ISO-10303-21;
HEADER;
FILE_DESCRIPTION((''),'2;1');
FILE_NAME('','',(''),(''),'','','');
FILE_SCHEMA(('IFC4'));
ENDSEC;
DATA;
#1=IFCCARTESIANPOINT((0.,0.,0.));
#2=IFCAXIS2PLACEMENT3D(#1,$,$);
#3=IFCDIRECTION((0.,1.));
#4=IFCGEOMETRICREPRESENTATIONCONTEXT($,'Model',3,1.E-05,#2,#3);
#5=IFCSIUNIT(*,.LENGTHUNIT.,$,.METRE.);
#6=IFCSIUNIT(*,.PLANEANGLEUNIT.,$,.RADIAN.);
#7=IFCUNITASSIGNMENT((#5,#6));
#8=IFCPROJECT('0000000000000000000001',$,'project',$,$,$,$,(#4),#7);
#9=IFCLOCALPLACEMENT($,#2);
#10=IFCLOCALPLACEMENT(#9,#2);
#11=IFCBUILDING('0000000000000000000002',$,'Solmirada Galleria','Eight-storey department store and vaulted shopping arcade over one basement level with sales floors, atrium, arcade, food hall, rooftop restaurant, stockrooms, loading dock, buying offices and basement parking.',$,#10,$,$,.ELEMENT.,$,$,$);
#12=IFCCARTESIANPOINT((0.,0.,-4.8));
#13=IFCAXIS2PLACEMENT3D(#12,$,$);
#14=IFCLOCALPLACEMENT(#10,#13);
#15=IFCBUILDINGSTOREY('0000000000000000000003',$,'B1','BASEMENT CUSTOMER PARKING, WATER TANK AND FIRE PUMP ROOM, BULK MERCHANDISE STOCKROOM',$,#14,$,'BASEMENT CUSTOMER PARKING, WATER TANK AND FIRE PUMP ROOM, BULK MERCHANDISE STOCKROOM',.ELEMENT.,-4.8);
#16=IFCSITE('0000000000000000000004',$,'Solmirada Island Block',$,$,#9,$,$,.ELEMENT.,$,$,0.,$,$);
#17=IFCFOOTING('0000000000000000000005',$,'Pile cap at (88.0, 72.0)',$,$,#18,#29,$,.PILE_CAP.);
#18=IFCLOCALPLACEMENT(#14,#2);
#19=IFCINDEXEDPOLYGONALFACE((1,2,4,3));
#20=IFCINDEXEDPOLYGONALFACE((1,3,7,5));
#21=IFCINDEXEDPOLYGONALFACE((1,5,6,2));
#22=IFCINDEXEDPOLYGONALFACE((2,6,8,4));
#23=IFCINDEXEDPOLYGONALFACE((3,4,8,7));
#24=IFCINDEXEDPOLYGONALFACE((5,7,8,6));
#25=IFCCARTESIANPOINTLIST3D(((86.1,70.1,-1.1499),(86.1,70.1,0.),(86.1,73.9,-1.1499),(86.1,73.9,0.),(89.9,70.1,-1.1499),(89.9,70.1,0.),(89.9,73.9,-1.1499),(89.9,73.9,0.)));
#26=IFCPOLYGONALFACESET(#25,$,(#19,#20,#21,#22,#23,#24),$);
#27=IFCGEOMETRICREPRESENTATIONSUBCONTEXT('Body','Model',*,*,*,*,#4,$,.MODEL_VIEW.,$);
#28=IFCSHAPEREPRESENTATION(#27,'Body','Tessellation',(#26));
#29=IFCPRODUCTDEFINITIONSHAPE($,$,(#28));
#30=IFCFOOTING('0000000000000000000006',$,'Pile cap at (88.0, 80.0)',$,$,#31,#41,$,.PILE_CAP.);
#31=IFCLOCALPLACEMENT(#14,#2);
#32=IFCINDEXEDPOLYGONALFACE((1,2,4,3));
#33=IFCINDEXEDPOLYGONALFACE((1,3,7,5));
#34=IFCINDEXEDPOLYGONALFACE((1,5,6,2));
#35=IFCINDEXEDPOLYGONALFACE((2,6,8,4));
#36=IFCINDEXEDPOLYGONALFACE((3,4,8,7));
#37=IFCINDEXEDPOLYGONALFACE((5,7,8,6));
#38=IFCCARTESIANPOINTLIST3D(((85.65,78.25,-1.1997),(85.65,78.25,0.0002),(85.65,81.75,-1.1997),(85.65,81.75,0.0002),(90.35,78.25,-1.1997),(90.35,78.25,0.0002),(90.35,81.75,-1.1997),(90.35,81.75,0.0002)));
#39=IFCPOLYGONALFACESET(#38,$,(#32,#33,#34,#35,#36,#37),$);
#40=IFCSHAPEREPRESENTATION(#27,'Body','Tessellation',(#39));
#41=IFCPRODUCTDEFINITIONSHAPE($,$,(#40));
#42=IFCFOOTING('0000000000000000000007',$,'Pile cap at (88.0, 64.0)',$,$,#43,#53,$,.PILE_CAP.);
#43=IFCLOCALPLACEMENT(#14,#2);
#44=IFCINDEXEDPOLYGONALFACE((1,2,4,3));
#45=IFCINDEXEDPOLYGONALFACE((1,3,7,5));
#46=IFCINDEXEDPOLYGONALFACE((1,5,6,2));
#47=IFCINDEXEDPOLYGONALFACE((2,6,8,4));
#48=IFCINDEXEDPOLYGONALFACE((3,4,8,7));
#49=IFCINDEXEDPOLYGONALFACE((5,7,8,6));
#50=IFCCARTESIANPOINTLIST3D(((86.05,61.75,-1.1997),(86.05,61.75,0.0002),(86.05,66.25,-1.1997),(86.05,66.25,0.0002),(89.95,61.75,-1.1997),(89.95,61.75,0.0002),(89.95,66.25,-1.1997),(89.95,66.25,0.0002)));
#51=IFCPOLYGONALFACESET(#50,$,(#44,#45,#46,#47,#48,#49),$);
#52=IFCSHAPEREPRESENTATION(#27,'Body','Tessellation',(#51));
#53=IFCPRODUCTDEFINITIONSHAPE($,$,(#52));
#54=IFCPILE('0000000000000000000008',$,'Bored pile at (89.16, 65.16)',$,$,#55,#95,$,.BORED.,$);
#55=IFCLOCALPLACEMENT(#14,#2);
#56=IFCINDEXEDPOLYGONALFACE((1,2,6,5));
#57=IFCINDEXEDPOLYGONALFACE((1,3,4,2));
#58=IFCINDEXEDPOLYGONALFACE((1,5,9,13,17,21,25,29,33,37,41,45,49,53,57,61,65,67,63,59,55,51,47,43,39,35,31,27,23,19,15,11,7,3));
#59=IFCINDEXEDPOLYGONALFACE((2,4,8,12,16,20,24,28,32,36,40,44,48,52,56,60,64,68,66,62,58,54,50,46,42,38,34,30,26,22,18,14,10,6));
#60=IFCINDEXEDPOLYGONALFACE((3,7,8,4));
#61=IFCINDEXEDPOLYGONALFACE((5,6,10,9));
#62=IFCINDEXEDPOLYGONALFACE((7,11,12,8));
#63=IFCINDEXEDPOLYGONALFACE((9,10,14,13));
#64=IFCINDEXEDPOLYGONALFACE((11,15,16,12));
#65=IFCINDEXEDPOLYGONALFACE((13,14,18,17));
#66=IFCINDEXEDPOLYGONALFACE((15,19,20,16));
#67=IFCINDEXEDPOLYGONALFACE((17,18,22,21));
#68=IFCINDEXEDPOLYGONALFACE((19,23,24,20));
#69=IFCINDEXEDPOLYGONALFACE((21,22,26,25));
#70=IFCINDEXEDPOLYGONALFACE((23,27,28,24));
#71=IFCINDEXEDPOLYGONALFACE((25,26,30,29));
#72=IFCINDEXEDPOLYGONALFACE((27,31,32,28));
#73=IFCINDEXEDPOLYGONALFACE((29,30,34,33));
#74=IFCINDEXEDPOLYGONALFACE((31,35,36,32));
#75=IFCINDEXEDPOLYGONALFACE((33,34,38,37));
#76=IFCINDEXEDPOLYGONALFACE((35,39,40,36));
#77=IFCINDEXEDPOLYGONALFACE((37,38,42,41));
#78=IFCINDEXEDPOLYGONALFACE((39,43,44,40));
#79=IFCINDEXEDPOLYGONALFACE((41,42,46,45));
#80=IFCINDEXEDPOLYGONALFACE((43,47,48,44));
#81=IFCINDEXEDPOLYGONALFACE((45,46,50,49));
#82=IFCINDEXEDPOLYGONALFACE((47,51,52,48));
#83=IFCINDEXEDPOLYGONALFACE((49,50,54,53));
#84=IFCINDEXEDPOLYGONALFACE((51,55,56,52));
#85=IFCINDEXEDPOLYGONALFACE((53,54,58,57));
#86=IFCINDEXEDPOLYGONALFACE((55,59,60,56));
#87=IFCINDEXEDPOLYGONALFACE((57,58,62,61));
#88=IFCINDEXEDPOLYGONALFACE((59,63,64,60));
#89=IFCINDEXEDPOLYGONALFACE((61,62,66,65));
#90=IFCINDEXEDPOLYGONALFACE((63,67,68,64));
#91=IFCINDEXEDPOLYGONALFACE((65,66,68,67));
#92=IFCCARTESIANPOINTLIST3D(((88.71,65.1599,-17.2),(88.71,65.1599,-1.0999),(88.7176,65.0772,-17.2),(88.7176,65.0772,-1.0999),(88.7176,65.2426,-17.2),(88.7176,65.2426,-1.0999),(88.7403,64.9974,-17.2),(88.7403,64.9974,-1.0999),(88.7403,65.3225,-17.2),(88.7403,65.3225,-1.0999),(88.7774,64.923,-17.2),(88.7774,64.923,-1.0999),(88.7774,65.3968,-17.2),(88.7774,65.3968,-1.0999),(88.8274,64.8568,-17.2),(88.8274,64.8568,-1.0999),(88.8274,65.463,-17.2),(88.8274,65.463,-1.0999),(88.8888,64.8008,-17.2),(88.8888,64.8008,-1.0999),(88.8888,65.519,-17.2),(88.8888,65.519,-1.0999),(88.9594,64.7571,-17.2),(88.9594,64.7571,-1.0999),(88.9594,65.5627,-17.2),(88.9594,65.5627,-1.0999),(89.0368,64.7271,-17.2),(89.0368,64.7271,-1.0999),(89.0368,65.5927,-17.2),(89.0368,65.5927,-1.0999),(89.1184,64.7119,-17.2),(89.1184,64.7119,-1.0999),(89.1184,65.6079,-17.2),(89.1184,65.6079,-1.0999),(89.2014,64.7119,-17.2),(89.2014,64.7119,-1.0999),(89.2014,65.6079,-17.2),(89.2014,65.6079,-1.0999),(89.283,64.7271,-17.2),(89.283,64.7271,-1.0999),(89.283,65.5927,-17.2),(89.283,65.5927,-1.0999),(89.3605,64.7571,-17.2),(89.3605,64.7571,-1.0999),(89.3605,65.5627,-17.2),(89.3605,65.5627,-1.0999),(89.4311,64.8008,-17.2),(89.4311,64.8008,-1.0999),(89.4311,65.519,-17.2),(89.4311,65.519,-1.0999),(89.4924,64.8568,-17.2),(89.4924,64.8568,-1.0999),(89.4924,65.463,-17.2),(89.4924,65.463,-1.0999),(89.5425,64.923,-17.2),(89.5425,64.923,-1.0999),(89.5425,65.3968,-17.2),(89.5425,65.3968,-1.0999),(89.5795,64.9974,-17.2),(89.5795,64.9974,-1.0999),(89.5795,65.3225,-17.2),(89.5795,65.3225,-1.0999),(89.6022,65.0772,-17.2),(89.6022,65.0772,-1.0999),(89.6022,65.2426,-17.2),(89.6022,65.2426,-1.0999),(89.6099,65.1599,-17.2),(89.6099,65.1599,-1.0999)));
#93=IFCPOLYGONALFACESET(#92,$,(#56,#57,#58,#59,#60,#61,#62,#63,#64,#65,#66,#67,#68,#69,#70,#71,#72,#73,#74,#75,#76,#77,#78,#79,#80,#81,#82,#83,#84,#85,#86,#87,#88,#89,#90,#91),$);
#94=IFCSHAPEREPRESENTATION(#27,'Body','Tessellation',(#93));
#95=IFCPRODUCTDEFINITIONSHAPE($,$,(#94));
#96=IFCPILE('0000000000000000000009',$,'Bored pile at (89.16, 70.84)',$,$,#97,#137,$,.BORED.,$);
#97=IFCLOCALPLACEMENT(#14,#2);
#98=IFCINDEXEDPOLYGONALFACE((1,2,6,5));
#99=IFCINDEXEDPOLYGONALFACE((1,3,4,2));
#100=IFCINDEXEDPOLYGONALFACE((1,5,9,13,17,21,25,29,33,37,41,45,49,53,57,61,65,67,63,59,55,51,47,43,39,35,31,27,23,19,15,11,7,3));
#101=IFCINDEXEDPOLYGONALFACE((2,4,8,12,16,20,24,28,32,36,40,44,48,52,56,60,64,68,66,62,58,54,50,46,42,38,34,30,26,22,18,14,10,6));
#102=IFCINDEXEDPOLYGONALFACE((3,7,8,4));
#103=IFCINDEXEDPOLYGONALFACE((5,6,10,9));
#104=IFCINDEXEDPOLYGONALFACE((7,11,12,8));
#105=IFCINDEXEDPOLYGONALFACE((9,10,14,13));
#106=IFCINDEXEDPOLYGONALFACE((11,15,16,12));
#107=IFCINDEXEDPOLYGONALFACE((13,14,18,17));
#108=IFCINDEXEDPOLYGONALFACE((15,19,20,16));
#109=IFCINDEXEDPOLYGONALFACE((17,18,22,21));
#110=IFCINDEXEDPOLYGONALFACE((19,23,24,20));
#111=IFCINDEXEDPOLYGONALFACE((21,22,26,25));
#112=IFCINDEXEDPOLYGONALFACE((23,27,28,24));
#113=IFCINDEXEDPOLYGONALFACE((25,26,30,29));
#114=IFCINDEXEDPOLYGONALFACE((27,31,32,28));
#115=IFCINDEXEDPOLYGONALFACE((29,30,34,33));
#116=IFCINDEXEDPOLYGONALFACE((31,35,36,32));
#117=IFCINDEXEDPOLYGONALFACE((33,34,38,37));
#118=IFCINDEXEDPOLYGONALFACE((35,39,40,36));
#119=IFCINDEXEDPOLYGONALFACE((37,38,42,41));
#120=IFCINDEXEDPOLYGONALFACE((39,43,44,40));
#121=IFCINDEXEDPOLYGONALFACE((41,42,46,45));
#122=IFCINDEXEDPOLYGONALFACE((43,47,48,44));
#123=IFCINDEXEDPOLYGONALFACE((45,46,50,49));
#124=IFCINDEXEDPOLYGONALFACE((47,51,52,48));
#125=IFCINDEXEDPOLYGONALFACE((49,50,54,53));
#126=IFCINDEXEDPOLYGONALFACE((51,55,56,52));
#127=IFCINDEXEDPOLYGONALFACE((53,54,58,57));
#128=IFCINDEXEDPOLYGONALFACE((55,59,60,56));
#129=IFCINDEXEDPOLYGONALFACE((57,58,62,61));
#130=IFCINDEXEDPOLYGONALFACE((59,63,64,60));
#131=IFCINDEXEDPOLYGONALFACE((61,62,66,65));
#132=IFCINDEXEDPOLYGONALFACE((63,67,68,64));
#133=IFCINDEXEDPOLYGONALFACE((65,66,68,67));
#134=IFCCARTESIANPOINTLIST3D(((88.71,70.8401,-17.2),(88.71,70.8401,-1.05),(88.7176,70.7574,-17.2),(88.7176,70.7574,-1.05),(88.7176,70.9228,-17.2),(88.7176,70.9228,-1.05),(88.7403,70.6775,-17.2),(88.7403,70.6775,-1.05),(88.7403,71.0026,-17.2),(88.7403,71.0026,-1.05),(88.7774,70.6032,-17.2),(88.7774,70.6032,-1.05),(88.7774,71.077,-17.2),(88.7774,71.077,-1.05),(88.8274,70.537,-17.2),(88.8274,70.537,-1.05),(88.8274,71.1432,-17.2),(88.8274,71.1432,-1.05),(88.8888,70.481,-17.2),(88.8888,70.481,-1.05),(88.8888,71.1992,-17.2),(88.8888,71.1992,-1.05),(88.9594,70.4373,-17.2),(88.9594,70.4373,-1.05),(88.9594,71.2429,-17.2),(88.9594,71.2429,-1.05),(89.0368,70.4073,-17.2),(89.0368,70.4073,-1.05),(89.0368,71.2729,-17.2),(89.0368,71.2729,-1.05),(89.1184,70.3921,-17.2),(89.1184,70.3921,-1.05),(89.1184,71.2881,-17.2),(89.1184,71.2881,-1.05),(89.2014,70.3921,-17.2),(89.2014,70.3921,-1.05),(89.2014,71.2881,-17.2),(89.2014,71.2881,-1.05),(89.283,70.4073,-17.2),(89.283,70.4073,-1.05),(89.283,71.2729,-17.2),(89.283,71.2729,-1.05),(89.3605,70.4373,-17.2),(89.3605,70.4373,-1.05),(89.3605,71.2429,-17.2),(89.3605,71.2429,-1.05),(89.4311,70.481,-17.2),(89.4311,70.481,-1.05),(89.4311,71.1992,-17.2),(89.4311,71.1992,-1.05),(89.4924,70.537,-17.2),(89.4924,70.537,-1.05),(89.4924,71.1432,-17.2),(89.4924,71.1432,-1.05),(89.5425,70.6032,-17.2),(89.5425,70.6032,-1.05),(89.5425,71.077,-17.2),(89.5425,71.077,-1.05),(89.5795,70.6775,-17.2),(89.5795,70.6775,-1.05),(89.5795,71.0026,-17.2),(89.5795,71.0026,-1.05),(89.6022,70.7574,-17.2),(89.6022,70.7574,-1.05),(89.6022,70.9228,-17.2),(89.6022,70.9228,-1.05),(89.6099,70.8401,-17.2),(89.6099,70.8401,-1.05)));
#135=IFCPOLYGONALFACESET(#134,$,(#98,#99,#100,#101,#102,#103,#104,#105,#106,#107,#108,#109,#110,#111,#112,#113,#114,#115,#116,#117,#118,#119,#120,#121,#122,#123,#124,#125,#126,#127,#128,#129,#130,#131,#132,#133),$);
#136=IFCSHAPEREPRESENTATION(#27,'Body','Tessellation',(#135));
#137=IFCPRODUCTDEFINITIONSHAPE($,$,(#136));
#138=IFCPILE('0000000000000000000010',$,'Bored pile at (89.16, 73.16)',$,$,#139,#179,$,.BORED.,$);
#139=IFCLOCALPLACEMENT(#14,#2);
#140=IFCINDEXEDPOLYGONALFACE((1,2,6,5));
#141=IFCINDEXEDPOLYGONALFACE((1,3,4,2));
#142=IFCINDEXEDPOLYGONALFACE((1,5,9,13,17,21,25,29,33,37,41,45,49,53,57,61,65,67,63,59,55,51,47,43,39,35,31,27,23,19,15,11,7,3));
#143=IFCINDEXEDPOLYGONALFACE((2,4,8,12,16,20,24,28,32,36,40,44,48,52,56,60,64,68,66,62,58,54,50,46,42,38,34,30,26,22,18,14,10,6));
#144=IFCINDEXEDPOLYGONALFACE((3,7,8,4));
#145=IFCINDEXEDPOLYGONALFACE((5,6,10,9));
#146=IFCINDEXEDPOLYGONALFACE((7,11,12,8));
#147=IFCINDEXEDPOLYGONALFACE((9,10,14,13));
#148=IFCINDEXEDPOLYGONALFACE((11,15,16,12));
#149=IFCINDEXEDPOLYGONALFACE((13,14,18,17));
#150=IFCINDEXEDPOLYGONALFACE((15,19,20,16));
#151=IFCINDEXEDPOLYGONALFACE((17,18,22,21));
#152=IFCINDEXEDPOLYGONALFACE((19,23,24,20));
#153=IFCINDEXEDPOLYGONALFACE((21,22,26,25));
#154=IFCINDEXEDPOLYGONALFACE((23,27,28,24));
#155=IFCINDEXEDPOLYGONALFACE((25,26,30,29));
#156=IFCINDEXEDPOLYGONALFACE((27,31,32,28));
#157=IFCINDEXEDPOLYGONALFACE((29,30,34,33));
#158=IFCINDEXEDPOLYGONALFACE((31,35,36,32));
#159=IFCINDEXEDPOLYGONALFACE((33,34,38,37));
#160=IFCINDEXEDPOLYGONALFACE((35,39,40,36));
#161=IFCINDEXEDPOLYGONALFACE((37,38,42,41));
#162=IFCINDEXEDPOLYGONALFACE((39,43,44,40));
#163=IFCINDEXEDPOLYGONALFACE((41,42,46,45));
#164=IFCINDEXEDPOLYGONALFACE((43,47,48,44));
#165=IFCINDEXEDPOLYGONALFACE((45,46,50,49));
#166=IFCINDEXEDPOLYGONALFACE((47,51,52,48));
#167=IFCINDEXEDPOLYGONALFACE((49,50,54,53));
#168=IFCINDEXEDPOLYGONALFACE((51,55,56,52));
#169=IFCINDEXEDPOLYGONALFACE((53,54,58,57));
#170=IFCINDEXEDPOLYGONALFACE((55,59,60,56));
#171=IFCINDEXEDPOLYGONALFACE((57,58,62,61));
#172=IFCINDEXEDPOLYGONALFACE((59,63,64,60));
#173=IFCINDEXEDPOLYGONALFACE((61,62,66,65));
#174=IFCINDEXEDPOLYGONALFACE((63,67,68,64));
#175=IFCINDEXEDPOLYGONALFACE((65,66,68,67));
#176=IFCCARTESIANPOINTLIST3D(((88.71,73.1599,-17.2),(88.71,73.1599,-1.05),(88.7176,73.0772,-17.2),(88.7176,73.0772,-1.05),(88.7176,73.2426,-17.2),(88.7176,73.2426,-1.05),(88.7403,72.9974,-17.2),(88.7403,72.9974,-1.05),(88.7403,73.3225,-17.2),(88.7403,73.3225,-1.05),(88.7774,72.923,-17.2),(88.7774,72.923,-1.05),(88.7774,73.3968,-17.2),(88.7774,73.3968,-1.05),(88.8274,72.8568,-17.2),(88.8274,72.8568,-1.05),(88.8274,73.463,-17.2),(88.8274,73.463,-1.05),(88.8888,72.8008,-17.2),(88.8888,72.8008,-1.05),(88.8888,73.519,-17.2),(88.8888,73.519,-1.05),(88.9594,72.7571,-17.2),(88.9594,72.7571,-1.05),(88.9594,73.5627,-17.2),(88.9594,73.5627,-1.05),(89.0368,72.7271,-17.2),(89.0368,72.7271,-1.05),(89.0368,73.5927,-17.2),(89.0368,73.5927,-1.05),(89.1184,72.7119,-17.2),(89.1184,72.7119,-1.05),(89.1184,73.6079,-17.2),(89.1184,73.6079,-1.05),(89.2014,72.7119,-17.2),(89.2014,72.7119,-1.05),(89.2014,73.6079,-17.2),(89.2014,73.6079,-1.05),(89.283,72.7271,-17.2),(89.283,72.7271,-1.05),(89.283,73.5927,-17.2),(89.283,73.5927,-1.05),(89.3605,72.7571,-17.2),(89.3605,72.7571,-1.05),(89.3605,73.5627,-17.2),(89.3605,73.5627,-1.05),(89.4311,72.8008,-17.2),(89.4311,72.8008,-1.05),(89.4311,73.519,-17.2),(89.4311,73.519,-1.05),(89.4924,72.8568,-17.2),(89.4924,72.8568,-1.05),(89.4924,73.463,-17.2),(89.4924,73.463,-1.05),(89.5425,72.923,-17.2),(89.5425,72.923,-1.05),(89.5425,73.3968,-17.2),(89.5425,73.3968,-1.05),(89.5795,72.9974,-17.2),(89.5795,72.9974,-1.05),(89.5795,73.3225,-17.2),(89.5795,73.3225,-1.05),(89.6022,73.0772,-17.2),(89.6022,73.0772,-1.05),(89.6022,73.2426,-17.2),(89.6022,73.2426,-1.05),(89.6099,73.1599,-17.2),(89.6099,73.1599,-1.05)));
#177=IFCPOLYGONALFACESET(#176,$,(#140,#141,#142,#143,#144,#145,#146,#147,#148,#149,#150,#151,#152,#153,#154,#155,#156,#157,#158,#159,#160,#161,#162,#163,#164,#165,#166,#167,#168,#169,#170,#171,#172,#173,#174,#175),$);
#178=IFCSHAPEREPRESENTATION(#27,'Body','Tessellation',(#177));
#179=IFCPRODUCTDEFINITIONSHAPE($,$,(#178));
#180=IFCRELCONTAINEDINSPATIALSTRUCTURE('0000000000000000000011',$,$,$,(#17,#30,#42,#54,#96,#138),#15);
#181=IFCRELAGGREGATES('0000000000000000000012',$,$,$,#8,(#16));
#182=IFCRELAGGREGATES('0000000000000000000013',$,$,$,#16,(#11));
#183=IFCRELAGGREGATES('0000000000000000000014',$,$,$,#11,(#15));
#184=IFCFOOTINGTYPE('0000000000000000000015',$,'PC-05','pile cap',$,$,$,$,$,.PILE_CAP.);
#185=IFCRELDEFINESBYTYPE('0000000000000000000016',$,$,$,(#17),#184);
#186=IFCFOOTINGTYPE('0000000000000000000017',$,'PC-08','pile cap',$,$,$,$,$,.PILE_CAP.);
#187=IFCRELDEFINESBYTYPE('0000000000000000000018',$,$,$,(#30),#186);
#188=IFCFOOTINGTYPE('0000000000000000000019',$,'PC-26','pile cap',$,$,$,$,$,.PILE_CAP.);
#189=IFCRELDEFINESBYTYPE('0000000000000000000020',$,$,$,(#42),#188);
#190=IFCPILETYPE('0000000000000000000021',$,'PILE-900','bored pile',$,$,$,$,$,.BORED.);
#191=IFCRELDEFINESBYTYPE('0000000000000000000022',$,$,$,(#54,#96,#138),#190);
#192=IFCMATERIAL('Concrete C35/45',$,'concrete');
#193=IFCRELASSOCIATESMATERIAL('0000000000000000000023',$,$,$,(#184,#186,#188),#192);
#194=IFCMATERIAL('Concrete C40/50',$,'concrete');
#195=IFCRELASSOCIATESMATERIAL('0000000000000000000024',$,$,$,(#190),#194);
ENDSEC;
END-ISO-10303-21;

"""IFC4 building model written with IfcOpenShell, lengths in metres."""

from ifc_helpers import new_model, si_unit, direction, frame, origin, origin_2d, place, context, subcontext, project, spatial, rectangle, circle, extrude, material, material_profile, profile_set, type_object, element, save


model = new_model("IFC4")

# Units and contexts
model_context = context("Model", 3, precision=1e-05, world=origin(), true_north=direction((0.0, 1.0)))
body_context = subcontext(model_context, "Body", "Model", "MODEL_VIEW")
ifc_project = project(units=[si_unit("LENGTHUNIT", "METRE"), si_unit("PLANEANGLEUNIT", "RADIAN")], contexts=[model_context])

# Site, building, storey
site_placement = place(None, origin())
site = spatial("IfcSite", under=ifc_project, at=site_placement, Name="Solmirada Island Block", CompositionType="ELEMENT", RefElevation=0.0)
building_placement = place(site_placement, origin())
building = spatial("IfcBuilding", under=site, at=building_placement, Name="Solmirada Galleria", Description="Eight-storey department store and vaulted shopping arcade over one basement level with sales floors, atrium, arcade, food hall, rooftop restaurant, stockrooms, loading dock, buying offices and basement parking.", CompositionType="ELEMENT")
storey_placement = place(building_placement, frame((0.0, 0.0, -4.8)))
storey = spatial("IfcBuildingStorey", under=building, at=storey_placement, Name="B1", Description="BASEMENT CUSTOMER PARKING, WATER TANK AND FIRE PUMP ROOM, BULK MERCHANDISE STOCKROOM", LongName="BASEMENT CUSTOMER PARKING, WATER TANK AND FIRE PUMP ROOM, BULK MERCHANDISE STOCKROOM", CompositionType="ELEMENT", Elevation=-4.8)

# Footings
ifc_material_1 = material(Name="Concrete C35/45", Category="concrete")
footing_type_1 = type_object("IfcFootingType", Name="PC-05", Description="pile cap", PredefinedType="PILE_CAP", material=ifc_material_1)
footing_1_placement = place(storey_placement, frame((88.0, 72.0, -1.1499), z_axis=(0.0, 0.0, 1.0), x_axis=(1.0, 0.0, 0.0)))
element("IfcFooting", 1, at=footing_1_placement, inside=storey, type_object=footing_type_1, Name="Pile cap at (88.0, 72.0)", PredefinedType="PILE_CAP", context=body_context, shape_type="SweptSolid", body=[
    extrude(rectangle(XDim=3.8, YDim=3.8, at=origin_2d()), origin(), (0.0, 0.0, 1.0), 1.1499),
])
footing_type_2 = type_object("IfcFootingType", Name="PC-08", Description="pile cap", PredefinedType="PILE_CAP", material=ifc_material_1)
footing_2_placement = place(storey_placement, frame((88.0, 80.0, -1.1997), z_axis=(0.0, 0.0, 1.0), x_axis=(1.0, 0.0, 0.0)))
element("IfcFooting", 2, at=footing_2_placement, inside=storey, type_object=footing_type_2, Name="Pile cap at (88.0, 80.0)", PredefinedType="PILE_CAP", context=body_context, shape_type="SweptSolid", body=[
    extrude(rectangle(XDim=4.7, YDim=3.5, at=origin_2d()), origin(), (0.0, 0.0, 1.0), 1.2),
])
footing_type_3 = type_object("IfcFootingType", Name="PC-26", Description="pile cap", PredefinedType="PILE_CAP", material=ifc_material_1)
footing_3_placement = place(storey_placement, frame((88.0, 64.0, -1.1997), z_axis=(0.0, 0.0, 1.0), x_axis=(1.0, 0.0, 0.0)))
element("IfcFooting", 3, at=footing_3_placement, inside=storey, type_object=footing_type_3, Name="Pile cap at (88.0, 64.0)", PredefinedType="PILE_CAP", context=body_context, shape_type="SweptSolid", body=[
    extrude(rectangle(XDim=3.8999, YDim=4.5, at=origin_2d()), origin(), (0.0, 0.0, 1.0), 1.2),
])

# Piles
ifc_material_2 = material(Name="Concrete C40/50", Category="concrete")
ifc_material_profile_1 = material_profile(ifc_material_2, circle(Radius=0.45, at=origin_2d()), Name="PILE900")
ifc_profile_set_1 = profile_set([ifc_material_profile_1], Name="Concrete C40/50")
pile_type = type_object("IfcPileType", Name="PILE-900", Description="bored pile", PredefinedType="BORED", material=ifc_profile_set_1)
pile_1_placement = place(storey_placement, frame((89.1599, 65.1599, -1.0999), z_axis=(0.0, 0.0, -1.0), x_axis=(1.0, 0.0, 0.0)))
element("IfcPile", 4, at=pile_1_placement, inside=storey, type_object=pile_type, Name="Bored pile at (89.16, 65.16)", PredefinedType="BORED", context=body_context, shape_type="SweptSolid", body=[
    extrude(circle(Radius=0.45, at=origin_2d()), origin(), (0.0, 0.0, 1.0), 16.1001),
])
for number, where, z_axis, x_axis, name in (
    (5, (89.1599, 70.8401, -1.05), (0.0, 0.0, -1.0), (1.0, 0.0, 0.0), "Bored pile at (89.16, 70.84)"),
    (6, (89.1599, 73.1599, -1.05), (0.0, 0.0, -1.0), (1.0, 0.0, 0.0), "Bored pile at (89.16, 73.16)"),
):
    element("IfcPile", number, at=place(storey_placement, frame(where, z_axis=z_axis, x_axis=x_axis)), inside=storey, type_object=pile_type, Name=name, PredefinedType="BORED", context=body_context, shape_type="SweptSolid", body=[
        extrude(circle(Radius=0.45, at=origin_2d()), origin(), (0.0, 0.0, 1.0), 16.1499),
    ])

save(model, "model.ifc")
